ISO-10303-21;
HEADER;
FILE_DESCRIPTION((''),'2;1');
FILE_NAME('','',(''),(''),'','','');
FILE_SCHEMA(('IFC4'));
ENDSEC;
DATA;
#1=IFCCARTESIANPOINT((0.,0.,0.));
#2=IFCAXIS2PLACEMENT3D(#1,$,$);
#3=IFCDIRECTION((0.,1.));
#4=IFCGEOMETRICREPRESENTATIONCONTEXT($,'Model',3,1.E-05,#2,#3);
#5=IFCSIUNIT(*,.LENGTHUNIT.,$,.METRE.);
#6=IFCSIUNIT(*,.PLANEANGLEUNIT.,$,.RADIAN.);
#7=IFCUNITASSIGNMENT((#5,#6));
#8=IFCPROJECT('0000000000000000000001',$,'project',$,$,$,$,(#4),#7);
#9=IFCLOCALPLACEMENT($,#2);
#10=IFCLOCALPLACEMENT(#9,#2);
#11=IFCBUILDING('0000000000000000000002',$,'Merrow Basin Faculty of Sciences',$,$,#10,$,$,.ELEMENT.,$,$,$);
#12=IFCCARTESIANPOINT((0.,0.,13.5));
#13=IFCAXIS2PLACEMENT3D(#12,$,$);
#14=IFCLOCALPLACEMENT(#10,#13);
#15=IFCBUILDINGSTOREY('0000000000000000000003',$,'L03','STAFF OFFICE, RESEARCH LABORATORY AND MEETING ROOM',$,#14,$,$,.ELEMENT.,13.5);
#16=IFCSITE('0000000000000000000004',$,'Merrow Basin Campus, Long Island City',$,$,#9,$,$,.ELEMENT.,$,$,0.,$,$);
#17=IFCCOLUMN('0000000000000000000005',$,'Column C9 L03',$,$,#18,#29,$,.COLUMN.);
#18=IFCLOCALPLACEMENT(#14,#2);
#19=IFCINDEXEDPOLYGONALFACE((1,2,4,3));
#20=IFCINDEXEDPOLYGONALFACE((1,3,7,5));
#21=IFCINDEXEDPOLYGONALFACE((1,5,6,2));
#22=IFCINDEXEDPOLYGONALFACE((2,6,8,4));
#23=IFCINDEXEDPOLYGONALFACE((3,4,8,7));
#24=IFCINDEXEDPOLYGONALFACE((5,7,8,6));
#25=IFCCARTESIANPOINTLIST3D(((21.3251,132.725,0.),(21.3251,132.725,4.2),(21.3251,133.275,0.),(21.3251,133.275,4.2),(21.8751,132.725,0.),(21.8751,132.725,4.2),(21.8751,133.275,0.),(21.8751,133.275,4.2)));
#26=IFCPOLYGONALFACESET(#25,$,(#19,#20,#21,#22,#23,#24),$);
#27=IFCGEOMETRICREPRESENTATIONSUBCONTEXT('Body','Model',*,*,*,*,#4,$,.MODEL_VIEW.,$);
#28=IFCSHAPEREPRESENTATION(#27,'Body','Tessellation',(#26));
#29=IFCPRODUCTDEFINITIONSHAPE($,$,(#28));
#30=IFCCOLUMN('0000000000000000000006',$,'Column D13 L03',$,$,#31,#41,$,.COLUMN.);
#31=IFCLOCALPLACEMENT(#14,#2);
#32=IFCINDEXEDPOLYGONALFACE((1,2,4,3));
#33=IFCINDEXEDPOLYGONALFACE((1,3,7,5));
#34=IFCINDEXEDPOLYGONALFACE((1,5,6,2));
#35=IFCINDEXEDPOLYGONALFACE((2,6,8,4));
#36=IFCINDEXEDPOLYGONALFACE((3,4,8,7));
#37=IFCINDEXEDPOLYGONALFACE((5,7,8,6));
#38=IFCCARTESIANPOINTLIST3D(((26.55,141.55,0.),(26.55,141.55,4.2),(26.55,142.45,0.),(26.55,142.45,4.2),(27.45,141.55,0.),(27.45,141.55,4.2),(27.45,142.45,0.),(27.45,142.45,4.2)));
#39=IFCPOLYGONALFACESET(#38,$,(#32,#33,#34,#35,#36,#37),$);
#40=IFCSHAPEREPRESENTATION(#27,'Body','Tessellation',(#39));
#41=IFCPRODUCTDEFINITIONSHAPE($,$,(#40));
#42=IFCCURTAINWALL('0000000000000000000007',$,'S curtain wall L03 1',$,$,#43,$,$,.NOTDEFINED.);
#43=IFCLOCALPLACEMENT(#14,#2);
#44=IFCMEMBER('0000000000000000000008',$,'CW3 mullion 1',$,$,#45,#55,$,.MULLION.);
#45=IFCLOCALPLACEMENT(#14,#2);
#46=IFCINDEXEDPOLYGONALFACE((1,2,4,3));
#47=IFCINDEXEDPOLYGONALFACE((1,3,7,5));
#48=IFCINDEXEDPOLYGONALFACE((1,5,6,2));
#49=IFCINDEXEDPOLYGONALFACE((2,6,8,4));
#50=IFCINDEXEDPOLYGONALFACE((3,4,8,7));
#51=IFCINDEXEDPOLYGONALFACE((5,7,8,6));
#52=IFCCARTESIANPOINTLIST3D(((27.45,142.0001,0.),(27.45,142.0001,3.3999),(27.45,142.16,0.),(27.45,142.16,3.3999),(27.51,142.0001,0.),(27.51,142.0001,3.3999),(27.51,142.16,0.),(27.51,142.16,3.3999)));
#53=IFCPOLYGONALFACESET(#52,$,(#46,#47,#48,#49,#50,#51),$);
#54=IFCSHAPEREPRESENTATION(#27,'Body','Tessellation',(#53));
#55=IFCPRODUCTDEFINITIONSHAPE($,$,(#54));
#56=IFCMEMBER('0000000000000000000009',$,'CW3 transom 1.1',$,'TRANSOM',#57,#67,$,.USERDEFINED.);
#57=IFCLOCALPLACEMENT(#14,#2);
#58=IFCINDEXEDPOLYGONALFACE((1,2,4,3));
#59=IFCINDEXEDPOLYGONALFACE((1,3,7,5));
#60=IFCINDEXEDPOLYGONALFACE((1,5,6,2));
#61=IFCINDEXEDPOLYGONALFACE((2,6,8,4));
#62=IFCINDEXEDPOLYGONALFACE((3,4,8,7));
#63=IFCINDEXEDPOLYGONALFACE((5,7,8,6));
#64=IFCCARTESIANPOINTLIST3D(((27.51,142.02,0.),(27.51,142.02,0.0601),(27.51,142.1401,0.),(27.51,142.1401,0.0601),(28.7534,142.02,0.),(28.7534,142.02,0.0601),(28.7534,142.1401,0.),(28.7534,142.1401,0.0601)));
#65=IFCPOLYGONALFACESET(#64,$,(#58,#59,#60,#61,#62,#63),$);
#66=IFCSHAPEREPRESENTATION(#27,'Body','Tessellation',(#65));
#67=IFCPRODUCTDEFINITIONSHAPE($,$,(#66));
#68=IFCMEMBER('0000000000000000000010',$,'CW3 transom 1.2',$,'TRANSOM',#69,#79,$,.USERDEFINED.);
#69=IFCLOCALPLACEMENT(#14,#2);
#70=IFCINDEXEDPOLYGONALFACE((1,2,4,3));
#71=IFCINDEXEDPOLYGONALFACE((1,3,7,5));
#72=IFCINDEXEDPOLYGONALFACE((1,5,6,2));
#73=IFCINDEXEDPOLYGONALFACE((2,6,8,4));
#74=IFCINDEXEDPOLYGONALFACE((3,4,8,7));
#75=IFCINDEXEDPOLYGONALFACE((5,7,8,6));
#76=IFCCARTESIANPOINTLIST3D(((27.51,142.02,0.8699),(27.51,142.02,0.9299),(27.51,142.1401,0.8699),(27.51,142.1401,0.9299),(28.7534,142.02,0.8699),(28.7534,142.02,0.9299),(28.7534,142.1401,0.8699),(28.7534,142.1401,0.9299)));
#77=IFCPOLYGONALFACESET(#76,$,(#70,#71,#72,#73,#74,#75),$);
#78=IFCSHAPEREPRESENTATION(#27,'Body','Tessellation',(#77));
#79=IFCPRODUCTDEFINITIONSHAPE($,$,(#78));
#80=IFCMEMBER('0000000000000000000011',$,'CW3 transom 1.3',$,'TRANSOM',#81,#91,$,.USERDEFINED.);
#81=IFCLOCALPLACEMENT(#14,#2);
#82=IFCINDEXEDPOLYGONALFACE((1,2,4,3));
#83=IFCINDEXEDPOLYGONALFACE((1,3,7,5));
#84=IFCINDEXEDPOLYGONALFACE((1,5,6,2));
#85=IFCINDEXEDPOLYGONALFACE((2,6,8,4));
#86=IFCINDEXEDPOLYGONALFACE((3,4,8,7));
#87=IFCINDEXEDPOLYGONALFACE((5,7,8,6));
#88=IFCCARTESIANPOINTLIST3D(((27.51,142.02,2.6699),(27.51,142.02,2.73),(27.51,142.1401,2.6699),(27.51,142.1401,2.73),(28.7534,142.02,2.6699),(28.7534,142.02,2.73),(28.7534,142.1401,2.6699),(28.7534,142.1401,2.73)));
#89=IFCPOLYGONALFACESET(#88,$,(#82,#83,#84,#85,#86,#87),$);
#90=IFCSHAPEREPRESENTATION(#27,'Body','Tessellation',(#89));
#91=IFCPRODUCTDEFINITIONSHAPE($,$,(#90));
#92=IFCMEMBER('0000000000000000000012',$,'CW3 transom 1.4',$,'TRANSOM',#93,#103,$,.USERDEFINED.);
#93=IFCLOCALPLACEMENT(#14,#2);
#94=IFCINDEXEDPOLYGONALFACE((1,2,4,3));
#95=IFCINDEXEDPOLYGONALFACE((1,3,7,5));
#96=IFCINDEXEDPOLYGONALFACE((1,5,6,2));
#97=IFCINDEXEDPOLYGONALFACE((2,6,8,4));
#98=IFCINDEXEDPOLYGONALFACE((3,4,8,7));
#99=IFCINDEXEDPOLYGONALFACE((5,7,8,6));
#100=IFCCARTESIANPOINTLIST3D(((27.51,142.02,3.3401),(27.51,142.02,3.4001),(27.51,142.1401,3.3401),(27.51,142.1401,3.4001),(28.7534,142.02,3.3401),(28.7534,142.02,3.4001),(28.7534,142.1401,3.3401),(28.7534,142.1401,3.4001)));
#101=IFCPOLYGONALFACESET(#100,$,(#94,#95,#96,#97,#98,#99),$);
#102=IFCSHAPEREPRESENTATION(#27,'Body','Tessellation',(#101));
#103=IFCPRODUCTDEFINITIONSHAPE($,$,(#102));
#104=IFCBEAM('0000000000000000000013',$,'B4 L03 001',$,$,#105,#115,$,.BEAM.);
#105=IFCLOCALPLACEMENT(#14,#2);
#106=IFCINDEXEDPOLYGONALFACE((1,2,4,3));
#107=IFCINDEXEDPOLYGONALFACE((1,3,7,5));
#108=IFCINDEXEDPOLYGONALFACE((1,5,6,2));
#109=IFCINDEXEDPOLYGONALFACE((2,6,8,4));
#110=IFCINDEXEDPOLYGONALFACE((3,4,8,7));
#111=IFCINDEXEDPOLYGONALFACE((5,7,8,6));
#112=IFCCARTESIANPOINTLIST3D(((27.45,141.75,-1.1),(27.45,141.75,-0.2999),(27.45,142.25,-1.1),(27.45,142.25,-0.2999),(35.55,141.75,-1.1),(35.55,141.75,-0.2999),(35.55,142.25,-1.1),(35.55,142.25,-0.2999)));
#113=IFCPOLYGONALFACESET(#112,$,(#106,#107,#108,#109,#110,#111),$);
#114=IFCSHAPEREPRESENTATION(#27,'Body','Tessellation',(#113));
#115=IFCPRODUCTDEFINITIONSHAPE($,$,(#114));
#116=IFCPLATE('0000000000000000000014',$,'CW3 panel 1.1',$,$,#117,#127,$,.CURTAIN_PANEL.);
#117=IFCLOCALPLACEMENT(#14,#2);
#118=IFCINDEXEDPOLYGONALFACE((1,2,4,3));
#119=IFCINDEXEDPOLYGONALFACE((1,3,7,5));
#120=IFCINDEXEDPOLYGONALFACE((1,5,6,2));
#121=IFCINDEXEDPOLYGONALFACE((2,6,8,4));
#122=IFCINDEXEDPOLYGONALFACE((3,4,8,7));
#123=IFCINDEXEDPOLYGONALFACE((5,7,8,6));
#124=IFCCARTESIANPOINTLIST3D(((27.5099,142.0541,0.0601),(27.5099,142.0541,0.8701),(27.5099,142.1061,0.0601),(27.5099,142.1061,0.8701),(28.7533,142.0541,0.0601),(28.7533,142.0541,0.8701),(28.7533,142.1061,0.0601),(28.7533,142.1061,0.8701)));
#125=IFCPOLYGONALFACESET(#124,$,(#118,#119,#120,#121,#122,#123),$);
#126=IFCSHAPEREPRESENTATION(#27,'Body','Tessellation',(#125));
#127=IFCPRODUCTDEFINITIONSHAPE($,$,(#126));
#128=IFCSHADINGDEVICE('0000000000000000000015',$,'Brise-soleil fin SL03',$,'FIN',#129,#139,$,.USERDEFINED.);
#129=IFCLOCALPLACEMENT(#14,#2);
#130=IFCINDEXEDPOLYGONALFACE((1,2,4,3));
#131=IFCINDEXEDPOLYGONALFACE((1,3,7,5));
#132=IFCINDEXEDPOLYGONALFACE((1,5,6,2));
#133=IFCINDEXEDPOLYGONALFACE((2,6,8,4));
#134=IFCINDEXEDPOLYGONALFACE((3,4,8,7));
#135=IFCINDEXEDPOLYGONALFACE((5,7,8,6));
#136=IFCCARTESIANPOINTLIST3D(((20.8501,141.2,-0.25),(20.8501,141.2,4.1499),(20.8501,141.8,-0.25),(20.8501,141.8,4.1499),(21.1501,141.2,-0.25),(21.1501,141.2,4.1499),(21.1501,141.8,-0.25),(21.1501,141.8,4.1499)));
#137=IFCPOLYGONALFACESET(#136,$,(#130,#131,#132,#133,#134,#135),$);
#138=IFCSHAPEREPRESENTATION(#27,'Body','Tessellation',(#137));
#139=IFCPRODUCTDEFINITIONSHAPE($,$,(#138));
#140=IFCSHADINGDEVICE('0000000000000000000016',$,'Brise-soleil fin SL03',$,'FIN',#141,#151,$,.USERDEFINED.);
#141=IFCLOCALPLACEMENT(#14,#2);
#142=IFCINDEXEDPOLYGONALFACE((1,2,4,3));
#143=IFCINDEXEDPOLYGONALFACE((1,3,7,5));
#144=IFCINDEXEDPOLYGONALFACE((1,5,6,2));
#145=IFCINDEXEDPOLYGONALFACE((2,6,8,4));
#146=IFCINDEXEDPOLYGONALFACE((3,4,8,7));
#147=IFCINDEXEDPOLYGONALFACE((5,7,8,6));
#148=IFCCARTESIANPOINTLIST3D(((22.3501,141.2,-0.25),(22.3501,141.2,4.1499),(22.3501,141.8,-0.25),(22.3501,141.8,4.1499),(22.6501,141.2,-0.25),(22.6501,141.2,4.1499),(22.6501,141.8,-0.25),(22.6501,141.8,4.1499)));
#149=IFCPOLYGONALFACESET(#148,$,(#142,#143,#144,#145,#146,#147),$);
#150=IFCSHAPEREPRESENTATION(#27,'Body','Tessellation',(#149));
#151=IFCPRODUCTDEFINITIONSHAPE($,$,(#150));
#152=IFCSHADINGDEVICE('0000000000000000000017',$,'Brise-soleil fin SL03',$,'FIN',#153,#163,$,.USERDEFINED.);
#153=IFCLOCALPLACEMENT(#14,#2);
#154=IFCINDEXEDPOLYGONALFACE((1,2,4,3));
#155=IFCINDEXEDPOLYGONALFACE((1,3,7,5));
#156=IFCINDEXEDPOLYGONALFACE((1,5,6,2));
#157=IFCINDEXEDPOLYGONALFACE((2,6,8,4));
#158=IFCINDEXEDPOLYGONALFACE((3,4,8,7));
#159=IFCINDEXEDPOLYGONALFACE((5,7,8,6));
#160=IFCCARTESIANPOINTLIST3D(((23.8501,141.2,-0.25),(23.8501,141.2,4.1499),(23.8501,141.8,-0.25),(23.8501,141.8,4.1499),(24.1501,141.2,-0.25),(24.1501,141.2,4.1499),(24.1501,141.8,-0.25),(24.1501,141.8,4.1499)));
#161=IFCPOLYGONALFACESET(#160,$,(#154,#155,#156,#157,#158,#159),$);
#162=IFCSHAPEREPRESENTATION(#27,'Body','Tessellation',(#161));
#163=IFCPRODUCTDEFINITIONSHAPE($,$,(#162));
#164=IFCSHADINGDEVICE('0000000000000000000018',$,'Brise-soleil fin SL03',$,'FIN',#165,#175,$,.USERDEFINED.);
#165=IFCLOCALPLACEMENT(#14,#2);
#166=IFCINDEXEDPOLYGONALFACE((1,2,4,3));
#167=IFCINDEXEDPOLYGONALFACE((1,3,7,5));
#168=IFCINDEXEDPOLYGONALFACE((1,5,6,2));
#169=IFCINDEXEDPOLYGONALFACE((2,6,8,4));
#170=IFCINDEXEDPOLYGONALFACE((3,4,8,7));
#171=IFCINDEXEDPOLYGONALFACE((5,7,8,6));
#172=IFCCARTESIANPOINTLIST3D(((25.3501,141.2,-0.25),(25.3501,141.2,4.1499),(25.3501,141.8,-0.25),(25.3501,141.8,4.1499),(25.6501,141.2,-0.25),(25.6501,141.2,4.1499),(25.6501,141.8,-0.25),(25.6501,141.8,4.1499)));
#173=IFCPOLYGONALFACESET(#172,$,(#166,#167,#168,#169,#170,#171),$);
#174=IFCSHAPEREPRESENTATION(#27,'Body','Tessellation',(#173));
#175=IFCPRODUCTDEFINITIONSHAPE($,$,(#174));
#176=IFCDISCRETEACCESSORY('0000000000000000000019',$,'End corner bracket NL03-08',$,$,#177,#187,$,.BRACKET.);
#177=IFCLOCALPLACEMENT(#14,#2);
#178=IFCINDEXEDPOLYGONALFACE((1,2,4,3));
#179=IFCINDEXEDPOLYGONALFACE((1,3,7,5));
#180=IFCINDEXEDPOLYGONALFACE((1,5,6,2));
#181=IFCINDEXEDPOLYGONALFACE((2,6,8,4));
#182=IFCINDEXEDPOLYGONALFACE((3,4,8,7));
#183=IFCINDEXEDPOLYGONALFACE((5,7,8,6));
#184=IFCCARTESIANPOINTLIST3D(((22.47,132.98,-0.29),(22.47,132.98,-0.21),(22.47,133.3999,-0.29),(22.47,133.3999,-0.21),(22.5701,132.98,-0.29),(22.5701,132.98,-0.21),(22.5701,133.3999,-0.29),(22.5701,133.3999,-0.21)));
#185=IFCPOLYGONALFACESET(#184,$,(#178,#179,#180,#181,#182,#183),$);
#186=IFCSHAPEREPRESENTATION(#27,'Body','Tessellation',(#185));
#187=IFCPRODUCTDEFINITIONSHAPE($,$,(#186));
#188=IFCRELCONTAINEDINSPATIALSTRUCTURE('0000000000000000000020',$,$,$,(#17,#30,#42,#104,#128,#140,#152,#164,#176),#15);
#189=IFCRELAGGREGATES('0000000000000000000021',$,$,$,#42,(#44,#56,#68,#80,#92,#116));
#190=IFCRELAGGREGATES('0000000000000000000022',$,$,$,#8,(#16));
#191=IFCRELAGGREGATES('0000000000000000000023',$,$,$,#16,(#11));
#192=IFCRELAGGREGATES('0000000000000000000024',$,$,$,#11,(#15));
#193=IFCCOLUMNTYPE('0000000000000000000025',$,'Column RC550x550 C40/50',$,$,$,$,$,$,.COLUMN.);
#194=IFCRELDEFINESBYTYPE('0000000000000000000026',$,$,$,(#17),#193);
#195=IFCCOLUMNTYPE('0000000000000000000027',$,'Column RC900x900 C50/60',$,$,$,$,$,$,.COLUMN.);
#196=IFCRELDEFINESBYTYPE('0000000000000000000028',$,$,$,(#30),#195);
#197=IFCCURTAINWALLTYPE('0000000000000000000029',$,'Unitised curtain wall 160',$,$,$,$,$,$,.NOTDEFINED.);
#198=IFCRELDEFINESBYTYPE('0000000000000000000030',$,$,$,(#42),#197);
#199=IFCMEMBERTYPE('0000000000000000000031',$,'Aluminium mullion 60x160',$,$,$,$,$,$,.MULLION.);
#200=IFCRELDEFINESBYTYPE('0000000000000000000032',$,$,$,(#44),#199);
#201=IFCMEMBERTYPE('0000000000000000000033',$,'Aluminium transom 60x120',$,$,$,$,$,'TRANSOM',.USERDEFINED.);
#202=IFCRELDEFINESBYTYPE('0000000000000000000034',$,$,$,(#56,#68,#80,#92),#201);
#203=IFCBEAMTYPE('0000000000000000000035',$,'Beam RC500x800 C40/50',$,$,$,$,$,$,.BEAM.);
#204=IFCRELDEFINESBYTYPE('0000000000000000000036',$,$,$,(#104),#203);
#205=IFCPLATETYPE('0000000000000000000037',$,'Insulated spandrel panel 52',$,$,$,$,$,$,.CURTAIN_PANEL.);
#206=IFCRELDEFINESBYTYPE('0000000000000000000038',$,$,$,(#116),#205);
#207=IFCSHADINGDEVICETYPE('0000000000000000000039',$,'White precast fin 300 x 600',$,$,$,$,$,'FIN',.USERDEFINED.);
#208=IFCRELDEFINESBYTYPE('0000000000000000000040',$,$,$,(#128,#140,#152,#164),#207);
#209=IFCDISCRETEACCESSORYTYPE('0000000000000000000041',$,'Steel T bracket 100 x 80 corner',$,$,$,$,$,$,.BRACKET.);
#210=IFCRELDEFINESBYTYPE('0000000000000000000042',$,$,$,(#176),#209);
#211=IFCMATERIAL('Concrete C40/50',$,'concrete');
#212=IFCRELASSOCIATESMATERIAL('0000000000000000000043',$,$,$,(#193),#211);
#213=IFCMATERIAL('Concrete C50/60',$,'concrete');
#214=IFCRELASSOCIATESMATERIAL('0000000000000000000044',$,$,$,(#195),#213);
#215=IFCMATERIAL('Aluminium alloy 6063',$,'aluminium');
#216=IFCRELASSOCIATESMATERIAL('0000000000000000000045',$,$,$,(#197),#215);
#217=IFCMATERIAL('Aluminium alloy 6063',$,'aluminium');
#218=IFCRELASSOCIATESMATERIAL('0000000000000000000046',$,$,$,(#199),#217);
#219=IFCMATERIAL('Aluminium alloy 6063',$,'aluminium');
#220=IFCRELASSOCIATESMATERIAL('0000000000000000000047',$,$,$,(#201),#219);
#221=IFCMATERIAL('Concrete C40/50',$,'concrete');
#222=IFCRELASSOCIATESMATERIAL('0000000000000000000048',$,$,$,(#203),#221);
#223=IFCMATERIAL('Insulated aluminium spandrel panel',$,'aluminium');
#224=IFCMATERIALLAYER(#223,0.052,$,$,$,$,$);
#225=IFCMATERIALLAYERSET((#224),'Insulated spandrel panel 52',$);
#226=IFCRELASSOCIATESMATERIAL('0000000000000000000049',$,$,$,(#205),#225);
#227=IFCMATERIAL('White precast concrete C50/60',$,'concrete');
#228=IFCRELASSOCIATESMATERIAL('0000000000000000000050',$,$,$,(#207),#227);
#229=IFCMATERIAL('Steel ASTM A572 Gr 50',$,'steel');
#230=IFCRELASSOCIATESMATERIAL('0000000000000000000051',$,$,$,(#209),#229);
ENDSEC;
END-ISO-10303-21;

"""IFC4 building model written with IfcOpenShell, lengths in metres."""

from ifc_helpers import new_model, si_unit, direction, frame, origin, origin_2d, place, context, subcontext, project, spatial, polyline, rectangle, outline, extrude, source, transform, mapped, material, layer, layer_set, material_profile, profile_set, type_object, element, aggregate, save


model = new_model("IFC4")

# Units and contexts
model_context = context("Model", 3, precision=1e-05, world=origin(), true_north=direction((0.0, 1.0)))
body_context = subcontext(model_context, "Body", "Model", "MODEL_VIEW")
ifc_project = project(units=[si_unit("LENGTHUNIT", "METRE"), si_unit("PLANEANGLEUNIT", "RADIAN")], contexts=[model_context])

# Site, building, storey
site_placement = place(None, origin())
site = spatial("IfcSite", under=ifc_project, at=site_placement, Name="Merrow Basin Campus, Long Island City", CompositionType="ELEMENT", RefElevation=0.0)
building_placement = place(site_placement, origin())
building = spatial("IfcBuilding", under=site, at=building_placement, Name="Merrow Basin Faculty of Sciences", CompositionType="ELEMENT")
storey_placement = place(building_placement, frame((0.0, 0.0, 13.5)))
storey = spatial("IfcBuildingStorey", under=building, at=storey_placement, Name="L03", Description="STAFF OFFICE, RESEARCH LABORATORY AND MEETING ROOM", CompositionType="ELEMENT", Elevation=13.5)

# Columns
ifc_material_1 = material(Name="Concrete C40/50", Category="concrete")
ifc_material_profile_1 = material_profile(ifc_material_1, rectangle(XDim=0.55, YDim=0.55, at=origin_2d()))
ifc_profile_set_1 = profile_set([ifc_material_profile_1], Name="Concrete C40/50")
column_type_1 = type_object("IfcColumnType", Name="Column RC550x550 C40/50", PredefinedType="COLUMN", material=ifc_profile_set_1)
column_1_placement = place(storey_placement, frame((21.6001, 133.0, 0.0), z_axis=(0.0, 0.0, 1.0), x_axis=(1.0, 0.0, 0.0)))
element("IfcColumn", 1, at=column_1_placement, inside=storey, type_object=column_type_1, Name="Column C9 L03", PredefinedType="COLUMN", context=body_context, shape_type="SweptSolid", body=[
    extrude(rectangle(XDim=0.55, YDim=0.55, at=origin_2d()), origin(), (0.0, 0.0, 1.0), 4.2),
])
ifc_material_2 = material(Name="Concrete C50/60", Category="concrete")
ifc_material_profile_2 = material_profile(ifc_material_2, rectangle(XDim=0.8999, YDim=0.8999, at=origin_2d()))
ifc_profile_set_2 = profile_set([ifc_material_profile_2], Name="Concrete C50/60")
column_type_2 = type_object("IfcColumnType", Name="Column RC900x900 C50/60", PredefinedType="COLUMN", material=ifc_profile_set_2)
column_2_placement = place(storey_placement, frame((27.0, 142.0, 0.0), z_axis=(0.0, 0.0, 1.0), x_axis=(1.0, 0.0, 0.0)))
element("IfcColumn", 2, at=column_2_placement, inside=storey, type_object=column_type_2, Name="Column D13 L03", PredefinedType="COLUMN", context=body_context, shape_type="SweptSolid", body=[
    extrude(rectangle(XDim=0.8999, YDim=0.8999, at=origin_2d()), origin(), (0.0, 0.0, 1.0), 4.2),
])

# Curtain wall, members
ifc_material_3 = material(Name="Aluminium alloy 6063", Category="aluminium")
curtain_wall_type = type_object("IfcCurtainWallType", Name="Unitised curtain wall 160", PredefinedType="NOTDEFINED", material=ifc_material_3)
curtain_wall_placement = place(storey_placement, origin())
curtain_wall = element("IfcCurtainWall", 3, at=curtain_wall_placement, inside=storey, type_object=curtain_wall_type, Name="S curtain wall L03 1", PredefinedType="NOTDEFINED")
ifc_material_4 = material(Name="Aluminium alloy 6063", Category="aluminium")
ifc_material_profile_3 = material_profile(ifc_material_4, rectangle(XDim=0.1599, YDim=0.0601, at=origin_2d()))
ifc_profile_set_3 = profile_set([ifc_material_profile_3], Name="Aluminium alloy 6063")
member_type_1 = type_object("IfcMemberType", Name="Aluminium mullion 60x160", PredefinedType="MULLION", material=ifc_profile_set_3)
member_1_placement = place(storey_placement, frame((27.48, 142.0801, 0.0), z_axis=(0.0, 0.0, 1.0), x_axis=(0.0, 1.0, 0.0)))
member_1 = element("IfcMember", 4, at=member_1_placement, type_object=member_type_1, Name="CW3 mullion 1", PredefinedType="MULLION", context=body_context, shape_type="SweptSolid", body=[
    extrude(rectangle(XDim=0.1599, YDim=0.0601, at=origin_2d()), origin(), (0.0, 0.0, 1.0), 3.3999),
])
ifc_material_5 = material(Name="Aluminium alloy 6063", Category="aluminium")
ifc_material_profile_4 = material_profile(ifc_material_5, rectangle(XDim=0.1201, YDim=0.0601, at=origin_2d()))
ifc_profile_set_4 = profile_set([ifc_material_profile_4], Name="Aluminium alloy 6063")
member_type_2 = type_object("IfcMemberType", Name="Aluminium transom 60x120", ElementType="TRANSOM", PredefinedType="USERDEFINED", material=ifc_profile_set_4)
member_2_placement = place(storey_placement, frame((27.51, 142.0801, 0.03), z_axis=(1.0, 0.0, 0.0), x_axis=(0.0, 1.0, 0.0)))
member_2 = element("IfcMember", 5, at=member_2_placement, type_object=member_type_2, Name="CW3 transom 1.1", ObjectType="TRANSOM", PredefinedType="USERDEFINED", context=body_context, shape_type="SweptSolid", body=[
    extrude(rectangle(XDim=0.1201, YDim=0.0601, at=origin_2d()), origin(), (0.0, 0.0, 1.0), 1.2434),
])
member_3_placement = place(storey_placement, frame((27.51, 142.0801, 0.8999), z_axis=(1.0, 0.0, 0.0), x_axis=(0.0, 1.0, 0.0)))
member_3 = element("IfcMember", 6, at=member_3_placement, type_object=member_type_2, Name="CW3 transom 1.2", ObjectType="TRANSOM", PredefinedType="USERDEFINED", context=body_context, shape_type="SweptSolid", body=[
    extrude(rectangle(XDim=0.1201, YDim=0.0601, at=origin_2d()), origin(), (0.0, 0.0, 1.0), 1.2434),
])
member_4_placement = place(storey_placement, frame((27.51, 142.0801, 2.7), z_axis=(1.0, 0.0, 0.0), x_axis=(0.0, 1.0, 0.0)))
member_4 = element("IfcMember", 7, at=member_4_placement, type_object=member_type_2, Name="CW3 transom 1.3", ObjectType="TRANSOM", PredefinedType="USERDEFINED", context=body_context, shape_type="SweptSolid", body=[
    extrude(rectangle(XDim=0.1201, YDim=0.0601, at=origin_2d()), origin(), (0.0, 0.0, 1.0), 1.2434),
])
member_5_placement = place(storey_placement, frame((27.51, 142.0801, 3.3701), z_axis=(1.0, 0.0, 0.0), x_axis=(0.0, 1.0, 0.0)))
member_5 = element("IfcMember", 8, at=member_5_placement, type_object=member_type_2, Name="CW3 transom 1.4", ObjectType="TRANSOM", PredefinedType="USERDEFINED", context=body_context, shape_type="SweptSolid", body=[
    extrude(rectangle(XDim=0.1201, YDim=0.0601, at=origin_2d()), origin(), (0.0, 0.0, 1.0), 1.2434),
])

# Beam
ifc_material_6 = material(Name="Concrete C40/50", Category="concrete")
ifc_material_profile_5 = material_profile(ifc_material_6, rectangle(XDim=0.5, YDim=0.8, at=origin_2d()))
ifc_profile_set_5 = profile_set([ifc_material_profile_5], Name="Concrete C40/50")
beam_type = type_object("IfcBeamType", Name="Beam RC500x800 C40/50", PredefinedType="BEAM", material=ifc_profile_set_5)
beam_placement = place(storey_placement, frame((27.45, 142.0, -0.7), z_axis=(1.0, 0.0, 0.0), x_axis=(0.0, 1.0, 0.0)))
element("IfcBeam", 9, at=beam_placement, inside=storey, type_object=beam_type, Name="B4 L03 001", PredefinedType="BEAM", context=body_context, shape_type="SweptSolid", body=[
    extrude(rectangle(XDim=0.5, YDim=0.8, at=origin_2d()), origin(), (0.0, 0.0, 1.0), 8.1001),
])

# Plate
ifc_material_7 = material(Name="Insulated aluminium spandrel panel", Category="aluminium")
ifc_layer_1 = layer(ifc_material_7, 0.052)
ifc_layer_set_1 = layer_set([ifc_layer_1], Name="Insulated spandrel panel 52")
plate_type = type_object("IfcPlateType", Name="Insulated spandrel panel 52", PredefinedType="CURTAIN_PANEL", material=ifc_layer_set_1)
plate_placement = place(storey_placement, frame((28.1316, 142.0801, 0.0601), z_axis=(0.0, 0.0, 1.0), x_axis=(1.0, 0.0, 0.0)))
plate = element("IfcPlate", 10, at=plate_placement, type_object=plate_type, Name="CW3 panel 1.1", PredefinedType="CURTAIN_PANEL", context=body_context, shape_type="SweptSolid", body=[
    extrude(rectangle(XDim=1.2434, YDim=0.052, at=origin_2d()), origin(), (0.0, 0.0, 1.0), 0.8101),
])
aggregate(curtain_wall, [member_1, member_2, member_3, member_4, member_5, plate])

# Shading devices
ifc_material_8 = material(Name="White precast concrete C50/60", Category="concrete")
shading_device_type = type_object("IfcShadingDeviceType", Name="White precast fin 300 x 600", ElementType="FIN", PredefinedType="USERDEFINED", material=ifc_material_8)
shared_shape_1 = source(origin(), body_context, "Body", "SweptSolid", [
    extrude(outline(polyline([(0.0, 0.0), (0.3, 0.0), (0.3, 4.3999), (0.0, 4.3999), (0.0, 0.0)])), origin(), (0.0, 0.0, 1.0), 0.6001),
])
for number, where, z_axis, x_axis, name in (
    (11, (20.8501, 141.8, -0.25), (0.0, -1.0, 0.0), (1.0, 0.0, 0.0), "Brise-soleil fin SL03"),
    (12, (22.3501, 141.8, -0.25), (0.0, -1.0, 0.0), (1.0, 0.0, 0.0), "Brise-soleil fin SL03"),
    (13, (23.8501, 141.8, -0.25), (0.0, -1.0, 0.0), (1.0, 0.0, 0.0), "Brise-soleil fin SL03"),
    (14, (25.3501, 141.8, -0.25), (0.0, -1.0, 0.0), (1.0, 0.0, 0.0), "Brise-soleil fin SL03"),
):
    element("IfcShadingDevice", number, at=place(storey_placement, frame(where, z_axis=z_axis, x_axis=x_axis)), inside=storey, type_object=shading_device_type, Name=name, ObjectType="FIN", PredefinedType="USERDEFINED", context=body_context, shape_type="MappedRepresentation", body=[
        mapped(shared_shape_1, transform((0.0, 0.0, 0.0), scale=1.0)),
    ])

# Discrete accessory
ifc_material_9 = material(Name="Steel ASTM A572 Gr 50", Category="steel")
discrete_accessory_type_1 = type_object("IfcDiscreteAccessoryType", Name="Steel T bracket 100 x 80 corner", PredefinedType="BRACKET", material=ifc_material_9)
shared_shape_2 = source(origin(), body_context, "Body", "SweptSolid", [
    extrude(outline(polyline([(0.0, 0.0), (0.1001, 0.0), (0.1001, 0.0801), (0.0, 0.0801), (0.0, 0.0)])), origin(), (0.0, 0.0, 1.0), 0.4199),
])
discrete_accessory_1_placement = place(storey_placement, frame((22.47, 133.3999, -0.29), z_axis=(0.0, -1.0, 0.0), x_axis=(1.0, 0.0, 0.0)))
element("IfcDiscreteAccessory", 15, at=discrete_accessory_1_placement, inside=storey, type_object=discrete_accessory_type_1, Name="End corner bracket NL03-08", PredefinedType="BRACKET", context=body_context, shape_type="MappedRepresentation", body=[
    mapped(shared_shape_2, transform((0.0, 0.0, 0.0), scale=1.0)),
])

save(model, "model.ifc")
